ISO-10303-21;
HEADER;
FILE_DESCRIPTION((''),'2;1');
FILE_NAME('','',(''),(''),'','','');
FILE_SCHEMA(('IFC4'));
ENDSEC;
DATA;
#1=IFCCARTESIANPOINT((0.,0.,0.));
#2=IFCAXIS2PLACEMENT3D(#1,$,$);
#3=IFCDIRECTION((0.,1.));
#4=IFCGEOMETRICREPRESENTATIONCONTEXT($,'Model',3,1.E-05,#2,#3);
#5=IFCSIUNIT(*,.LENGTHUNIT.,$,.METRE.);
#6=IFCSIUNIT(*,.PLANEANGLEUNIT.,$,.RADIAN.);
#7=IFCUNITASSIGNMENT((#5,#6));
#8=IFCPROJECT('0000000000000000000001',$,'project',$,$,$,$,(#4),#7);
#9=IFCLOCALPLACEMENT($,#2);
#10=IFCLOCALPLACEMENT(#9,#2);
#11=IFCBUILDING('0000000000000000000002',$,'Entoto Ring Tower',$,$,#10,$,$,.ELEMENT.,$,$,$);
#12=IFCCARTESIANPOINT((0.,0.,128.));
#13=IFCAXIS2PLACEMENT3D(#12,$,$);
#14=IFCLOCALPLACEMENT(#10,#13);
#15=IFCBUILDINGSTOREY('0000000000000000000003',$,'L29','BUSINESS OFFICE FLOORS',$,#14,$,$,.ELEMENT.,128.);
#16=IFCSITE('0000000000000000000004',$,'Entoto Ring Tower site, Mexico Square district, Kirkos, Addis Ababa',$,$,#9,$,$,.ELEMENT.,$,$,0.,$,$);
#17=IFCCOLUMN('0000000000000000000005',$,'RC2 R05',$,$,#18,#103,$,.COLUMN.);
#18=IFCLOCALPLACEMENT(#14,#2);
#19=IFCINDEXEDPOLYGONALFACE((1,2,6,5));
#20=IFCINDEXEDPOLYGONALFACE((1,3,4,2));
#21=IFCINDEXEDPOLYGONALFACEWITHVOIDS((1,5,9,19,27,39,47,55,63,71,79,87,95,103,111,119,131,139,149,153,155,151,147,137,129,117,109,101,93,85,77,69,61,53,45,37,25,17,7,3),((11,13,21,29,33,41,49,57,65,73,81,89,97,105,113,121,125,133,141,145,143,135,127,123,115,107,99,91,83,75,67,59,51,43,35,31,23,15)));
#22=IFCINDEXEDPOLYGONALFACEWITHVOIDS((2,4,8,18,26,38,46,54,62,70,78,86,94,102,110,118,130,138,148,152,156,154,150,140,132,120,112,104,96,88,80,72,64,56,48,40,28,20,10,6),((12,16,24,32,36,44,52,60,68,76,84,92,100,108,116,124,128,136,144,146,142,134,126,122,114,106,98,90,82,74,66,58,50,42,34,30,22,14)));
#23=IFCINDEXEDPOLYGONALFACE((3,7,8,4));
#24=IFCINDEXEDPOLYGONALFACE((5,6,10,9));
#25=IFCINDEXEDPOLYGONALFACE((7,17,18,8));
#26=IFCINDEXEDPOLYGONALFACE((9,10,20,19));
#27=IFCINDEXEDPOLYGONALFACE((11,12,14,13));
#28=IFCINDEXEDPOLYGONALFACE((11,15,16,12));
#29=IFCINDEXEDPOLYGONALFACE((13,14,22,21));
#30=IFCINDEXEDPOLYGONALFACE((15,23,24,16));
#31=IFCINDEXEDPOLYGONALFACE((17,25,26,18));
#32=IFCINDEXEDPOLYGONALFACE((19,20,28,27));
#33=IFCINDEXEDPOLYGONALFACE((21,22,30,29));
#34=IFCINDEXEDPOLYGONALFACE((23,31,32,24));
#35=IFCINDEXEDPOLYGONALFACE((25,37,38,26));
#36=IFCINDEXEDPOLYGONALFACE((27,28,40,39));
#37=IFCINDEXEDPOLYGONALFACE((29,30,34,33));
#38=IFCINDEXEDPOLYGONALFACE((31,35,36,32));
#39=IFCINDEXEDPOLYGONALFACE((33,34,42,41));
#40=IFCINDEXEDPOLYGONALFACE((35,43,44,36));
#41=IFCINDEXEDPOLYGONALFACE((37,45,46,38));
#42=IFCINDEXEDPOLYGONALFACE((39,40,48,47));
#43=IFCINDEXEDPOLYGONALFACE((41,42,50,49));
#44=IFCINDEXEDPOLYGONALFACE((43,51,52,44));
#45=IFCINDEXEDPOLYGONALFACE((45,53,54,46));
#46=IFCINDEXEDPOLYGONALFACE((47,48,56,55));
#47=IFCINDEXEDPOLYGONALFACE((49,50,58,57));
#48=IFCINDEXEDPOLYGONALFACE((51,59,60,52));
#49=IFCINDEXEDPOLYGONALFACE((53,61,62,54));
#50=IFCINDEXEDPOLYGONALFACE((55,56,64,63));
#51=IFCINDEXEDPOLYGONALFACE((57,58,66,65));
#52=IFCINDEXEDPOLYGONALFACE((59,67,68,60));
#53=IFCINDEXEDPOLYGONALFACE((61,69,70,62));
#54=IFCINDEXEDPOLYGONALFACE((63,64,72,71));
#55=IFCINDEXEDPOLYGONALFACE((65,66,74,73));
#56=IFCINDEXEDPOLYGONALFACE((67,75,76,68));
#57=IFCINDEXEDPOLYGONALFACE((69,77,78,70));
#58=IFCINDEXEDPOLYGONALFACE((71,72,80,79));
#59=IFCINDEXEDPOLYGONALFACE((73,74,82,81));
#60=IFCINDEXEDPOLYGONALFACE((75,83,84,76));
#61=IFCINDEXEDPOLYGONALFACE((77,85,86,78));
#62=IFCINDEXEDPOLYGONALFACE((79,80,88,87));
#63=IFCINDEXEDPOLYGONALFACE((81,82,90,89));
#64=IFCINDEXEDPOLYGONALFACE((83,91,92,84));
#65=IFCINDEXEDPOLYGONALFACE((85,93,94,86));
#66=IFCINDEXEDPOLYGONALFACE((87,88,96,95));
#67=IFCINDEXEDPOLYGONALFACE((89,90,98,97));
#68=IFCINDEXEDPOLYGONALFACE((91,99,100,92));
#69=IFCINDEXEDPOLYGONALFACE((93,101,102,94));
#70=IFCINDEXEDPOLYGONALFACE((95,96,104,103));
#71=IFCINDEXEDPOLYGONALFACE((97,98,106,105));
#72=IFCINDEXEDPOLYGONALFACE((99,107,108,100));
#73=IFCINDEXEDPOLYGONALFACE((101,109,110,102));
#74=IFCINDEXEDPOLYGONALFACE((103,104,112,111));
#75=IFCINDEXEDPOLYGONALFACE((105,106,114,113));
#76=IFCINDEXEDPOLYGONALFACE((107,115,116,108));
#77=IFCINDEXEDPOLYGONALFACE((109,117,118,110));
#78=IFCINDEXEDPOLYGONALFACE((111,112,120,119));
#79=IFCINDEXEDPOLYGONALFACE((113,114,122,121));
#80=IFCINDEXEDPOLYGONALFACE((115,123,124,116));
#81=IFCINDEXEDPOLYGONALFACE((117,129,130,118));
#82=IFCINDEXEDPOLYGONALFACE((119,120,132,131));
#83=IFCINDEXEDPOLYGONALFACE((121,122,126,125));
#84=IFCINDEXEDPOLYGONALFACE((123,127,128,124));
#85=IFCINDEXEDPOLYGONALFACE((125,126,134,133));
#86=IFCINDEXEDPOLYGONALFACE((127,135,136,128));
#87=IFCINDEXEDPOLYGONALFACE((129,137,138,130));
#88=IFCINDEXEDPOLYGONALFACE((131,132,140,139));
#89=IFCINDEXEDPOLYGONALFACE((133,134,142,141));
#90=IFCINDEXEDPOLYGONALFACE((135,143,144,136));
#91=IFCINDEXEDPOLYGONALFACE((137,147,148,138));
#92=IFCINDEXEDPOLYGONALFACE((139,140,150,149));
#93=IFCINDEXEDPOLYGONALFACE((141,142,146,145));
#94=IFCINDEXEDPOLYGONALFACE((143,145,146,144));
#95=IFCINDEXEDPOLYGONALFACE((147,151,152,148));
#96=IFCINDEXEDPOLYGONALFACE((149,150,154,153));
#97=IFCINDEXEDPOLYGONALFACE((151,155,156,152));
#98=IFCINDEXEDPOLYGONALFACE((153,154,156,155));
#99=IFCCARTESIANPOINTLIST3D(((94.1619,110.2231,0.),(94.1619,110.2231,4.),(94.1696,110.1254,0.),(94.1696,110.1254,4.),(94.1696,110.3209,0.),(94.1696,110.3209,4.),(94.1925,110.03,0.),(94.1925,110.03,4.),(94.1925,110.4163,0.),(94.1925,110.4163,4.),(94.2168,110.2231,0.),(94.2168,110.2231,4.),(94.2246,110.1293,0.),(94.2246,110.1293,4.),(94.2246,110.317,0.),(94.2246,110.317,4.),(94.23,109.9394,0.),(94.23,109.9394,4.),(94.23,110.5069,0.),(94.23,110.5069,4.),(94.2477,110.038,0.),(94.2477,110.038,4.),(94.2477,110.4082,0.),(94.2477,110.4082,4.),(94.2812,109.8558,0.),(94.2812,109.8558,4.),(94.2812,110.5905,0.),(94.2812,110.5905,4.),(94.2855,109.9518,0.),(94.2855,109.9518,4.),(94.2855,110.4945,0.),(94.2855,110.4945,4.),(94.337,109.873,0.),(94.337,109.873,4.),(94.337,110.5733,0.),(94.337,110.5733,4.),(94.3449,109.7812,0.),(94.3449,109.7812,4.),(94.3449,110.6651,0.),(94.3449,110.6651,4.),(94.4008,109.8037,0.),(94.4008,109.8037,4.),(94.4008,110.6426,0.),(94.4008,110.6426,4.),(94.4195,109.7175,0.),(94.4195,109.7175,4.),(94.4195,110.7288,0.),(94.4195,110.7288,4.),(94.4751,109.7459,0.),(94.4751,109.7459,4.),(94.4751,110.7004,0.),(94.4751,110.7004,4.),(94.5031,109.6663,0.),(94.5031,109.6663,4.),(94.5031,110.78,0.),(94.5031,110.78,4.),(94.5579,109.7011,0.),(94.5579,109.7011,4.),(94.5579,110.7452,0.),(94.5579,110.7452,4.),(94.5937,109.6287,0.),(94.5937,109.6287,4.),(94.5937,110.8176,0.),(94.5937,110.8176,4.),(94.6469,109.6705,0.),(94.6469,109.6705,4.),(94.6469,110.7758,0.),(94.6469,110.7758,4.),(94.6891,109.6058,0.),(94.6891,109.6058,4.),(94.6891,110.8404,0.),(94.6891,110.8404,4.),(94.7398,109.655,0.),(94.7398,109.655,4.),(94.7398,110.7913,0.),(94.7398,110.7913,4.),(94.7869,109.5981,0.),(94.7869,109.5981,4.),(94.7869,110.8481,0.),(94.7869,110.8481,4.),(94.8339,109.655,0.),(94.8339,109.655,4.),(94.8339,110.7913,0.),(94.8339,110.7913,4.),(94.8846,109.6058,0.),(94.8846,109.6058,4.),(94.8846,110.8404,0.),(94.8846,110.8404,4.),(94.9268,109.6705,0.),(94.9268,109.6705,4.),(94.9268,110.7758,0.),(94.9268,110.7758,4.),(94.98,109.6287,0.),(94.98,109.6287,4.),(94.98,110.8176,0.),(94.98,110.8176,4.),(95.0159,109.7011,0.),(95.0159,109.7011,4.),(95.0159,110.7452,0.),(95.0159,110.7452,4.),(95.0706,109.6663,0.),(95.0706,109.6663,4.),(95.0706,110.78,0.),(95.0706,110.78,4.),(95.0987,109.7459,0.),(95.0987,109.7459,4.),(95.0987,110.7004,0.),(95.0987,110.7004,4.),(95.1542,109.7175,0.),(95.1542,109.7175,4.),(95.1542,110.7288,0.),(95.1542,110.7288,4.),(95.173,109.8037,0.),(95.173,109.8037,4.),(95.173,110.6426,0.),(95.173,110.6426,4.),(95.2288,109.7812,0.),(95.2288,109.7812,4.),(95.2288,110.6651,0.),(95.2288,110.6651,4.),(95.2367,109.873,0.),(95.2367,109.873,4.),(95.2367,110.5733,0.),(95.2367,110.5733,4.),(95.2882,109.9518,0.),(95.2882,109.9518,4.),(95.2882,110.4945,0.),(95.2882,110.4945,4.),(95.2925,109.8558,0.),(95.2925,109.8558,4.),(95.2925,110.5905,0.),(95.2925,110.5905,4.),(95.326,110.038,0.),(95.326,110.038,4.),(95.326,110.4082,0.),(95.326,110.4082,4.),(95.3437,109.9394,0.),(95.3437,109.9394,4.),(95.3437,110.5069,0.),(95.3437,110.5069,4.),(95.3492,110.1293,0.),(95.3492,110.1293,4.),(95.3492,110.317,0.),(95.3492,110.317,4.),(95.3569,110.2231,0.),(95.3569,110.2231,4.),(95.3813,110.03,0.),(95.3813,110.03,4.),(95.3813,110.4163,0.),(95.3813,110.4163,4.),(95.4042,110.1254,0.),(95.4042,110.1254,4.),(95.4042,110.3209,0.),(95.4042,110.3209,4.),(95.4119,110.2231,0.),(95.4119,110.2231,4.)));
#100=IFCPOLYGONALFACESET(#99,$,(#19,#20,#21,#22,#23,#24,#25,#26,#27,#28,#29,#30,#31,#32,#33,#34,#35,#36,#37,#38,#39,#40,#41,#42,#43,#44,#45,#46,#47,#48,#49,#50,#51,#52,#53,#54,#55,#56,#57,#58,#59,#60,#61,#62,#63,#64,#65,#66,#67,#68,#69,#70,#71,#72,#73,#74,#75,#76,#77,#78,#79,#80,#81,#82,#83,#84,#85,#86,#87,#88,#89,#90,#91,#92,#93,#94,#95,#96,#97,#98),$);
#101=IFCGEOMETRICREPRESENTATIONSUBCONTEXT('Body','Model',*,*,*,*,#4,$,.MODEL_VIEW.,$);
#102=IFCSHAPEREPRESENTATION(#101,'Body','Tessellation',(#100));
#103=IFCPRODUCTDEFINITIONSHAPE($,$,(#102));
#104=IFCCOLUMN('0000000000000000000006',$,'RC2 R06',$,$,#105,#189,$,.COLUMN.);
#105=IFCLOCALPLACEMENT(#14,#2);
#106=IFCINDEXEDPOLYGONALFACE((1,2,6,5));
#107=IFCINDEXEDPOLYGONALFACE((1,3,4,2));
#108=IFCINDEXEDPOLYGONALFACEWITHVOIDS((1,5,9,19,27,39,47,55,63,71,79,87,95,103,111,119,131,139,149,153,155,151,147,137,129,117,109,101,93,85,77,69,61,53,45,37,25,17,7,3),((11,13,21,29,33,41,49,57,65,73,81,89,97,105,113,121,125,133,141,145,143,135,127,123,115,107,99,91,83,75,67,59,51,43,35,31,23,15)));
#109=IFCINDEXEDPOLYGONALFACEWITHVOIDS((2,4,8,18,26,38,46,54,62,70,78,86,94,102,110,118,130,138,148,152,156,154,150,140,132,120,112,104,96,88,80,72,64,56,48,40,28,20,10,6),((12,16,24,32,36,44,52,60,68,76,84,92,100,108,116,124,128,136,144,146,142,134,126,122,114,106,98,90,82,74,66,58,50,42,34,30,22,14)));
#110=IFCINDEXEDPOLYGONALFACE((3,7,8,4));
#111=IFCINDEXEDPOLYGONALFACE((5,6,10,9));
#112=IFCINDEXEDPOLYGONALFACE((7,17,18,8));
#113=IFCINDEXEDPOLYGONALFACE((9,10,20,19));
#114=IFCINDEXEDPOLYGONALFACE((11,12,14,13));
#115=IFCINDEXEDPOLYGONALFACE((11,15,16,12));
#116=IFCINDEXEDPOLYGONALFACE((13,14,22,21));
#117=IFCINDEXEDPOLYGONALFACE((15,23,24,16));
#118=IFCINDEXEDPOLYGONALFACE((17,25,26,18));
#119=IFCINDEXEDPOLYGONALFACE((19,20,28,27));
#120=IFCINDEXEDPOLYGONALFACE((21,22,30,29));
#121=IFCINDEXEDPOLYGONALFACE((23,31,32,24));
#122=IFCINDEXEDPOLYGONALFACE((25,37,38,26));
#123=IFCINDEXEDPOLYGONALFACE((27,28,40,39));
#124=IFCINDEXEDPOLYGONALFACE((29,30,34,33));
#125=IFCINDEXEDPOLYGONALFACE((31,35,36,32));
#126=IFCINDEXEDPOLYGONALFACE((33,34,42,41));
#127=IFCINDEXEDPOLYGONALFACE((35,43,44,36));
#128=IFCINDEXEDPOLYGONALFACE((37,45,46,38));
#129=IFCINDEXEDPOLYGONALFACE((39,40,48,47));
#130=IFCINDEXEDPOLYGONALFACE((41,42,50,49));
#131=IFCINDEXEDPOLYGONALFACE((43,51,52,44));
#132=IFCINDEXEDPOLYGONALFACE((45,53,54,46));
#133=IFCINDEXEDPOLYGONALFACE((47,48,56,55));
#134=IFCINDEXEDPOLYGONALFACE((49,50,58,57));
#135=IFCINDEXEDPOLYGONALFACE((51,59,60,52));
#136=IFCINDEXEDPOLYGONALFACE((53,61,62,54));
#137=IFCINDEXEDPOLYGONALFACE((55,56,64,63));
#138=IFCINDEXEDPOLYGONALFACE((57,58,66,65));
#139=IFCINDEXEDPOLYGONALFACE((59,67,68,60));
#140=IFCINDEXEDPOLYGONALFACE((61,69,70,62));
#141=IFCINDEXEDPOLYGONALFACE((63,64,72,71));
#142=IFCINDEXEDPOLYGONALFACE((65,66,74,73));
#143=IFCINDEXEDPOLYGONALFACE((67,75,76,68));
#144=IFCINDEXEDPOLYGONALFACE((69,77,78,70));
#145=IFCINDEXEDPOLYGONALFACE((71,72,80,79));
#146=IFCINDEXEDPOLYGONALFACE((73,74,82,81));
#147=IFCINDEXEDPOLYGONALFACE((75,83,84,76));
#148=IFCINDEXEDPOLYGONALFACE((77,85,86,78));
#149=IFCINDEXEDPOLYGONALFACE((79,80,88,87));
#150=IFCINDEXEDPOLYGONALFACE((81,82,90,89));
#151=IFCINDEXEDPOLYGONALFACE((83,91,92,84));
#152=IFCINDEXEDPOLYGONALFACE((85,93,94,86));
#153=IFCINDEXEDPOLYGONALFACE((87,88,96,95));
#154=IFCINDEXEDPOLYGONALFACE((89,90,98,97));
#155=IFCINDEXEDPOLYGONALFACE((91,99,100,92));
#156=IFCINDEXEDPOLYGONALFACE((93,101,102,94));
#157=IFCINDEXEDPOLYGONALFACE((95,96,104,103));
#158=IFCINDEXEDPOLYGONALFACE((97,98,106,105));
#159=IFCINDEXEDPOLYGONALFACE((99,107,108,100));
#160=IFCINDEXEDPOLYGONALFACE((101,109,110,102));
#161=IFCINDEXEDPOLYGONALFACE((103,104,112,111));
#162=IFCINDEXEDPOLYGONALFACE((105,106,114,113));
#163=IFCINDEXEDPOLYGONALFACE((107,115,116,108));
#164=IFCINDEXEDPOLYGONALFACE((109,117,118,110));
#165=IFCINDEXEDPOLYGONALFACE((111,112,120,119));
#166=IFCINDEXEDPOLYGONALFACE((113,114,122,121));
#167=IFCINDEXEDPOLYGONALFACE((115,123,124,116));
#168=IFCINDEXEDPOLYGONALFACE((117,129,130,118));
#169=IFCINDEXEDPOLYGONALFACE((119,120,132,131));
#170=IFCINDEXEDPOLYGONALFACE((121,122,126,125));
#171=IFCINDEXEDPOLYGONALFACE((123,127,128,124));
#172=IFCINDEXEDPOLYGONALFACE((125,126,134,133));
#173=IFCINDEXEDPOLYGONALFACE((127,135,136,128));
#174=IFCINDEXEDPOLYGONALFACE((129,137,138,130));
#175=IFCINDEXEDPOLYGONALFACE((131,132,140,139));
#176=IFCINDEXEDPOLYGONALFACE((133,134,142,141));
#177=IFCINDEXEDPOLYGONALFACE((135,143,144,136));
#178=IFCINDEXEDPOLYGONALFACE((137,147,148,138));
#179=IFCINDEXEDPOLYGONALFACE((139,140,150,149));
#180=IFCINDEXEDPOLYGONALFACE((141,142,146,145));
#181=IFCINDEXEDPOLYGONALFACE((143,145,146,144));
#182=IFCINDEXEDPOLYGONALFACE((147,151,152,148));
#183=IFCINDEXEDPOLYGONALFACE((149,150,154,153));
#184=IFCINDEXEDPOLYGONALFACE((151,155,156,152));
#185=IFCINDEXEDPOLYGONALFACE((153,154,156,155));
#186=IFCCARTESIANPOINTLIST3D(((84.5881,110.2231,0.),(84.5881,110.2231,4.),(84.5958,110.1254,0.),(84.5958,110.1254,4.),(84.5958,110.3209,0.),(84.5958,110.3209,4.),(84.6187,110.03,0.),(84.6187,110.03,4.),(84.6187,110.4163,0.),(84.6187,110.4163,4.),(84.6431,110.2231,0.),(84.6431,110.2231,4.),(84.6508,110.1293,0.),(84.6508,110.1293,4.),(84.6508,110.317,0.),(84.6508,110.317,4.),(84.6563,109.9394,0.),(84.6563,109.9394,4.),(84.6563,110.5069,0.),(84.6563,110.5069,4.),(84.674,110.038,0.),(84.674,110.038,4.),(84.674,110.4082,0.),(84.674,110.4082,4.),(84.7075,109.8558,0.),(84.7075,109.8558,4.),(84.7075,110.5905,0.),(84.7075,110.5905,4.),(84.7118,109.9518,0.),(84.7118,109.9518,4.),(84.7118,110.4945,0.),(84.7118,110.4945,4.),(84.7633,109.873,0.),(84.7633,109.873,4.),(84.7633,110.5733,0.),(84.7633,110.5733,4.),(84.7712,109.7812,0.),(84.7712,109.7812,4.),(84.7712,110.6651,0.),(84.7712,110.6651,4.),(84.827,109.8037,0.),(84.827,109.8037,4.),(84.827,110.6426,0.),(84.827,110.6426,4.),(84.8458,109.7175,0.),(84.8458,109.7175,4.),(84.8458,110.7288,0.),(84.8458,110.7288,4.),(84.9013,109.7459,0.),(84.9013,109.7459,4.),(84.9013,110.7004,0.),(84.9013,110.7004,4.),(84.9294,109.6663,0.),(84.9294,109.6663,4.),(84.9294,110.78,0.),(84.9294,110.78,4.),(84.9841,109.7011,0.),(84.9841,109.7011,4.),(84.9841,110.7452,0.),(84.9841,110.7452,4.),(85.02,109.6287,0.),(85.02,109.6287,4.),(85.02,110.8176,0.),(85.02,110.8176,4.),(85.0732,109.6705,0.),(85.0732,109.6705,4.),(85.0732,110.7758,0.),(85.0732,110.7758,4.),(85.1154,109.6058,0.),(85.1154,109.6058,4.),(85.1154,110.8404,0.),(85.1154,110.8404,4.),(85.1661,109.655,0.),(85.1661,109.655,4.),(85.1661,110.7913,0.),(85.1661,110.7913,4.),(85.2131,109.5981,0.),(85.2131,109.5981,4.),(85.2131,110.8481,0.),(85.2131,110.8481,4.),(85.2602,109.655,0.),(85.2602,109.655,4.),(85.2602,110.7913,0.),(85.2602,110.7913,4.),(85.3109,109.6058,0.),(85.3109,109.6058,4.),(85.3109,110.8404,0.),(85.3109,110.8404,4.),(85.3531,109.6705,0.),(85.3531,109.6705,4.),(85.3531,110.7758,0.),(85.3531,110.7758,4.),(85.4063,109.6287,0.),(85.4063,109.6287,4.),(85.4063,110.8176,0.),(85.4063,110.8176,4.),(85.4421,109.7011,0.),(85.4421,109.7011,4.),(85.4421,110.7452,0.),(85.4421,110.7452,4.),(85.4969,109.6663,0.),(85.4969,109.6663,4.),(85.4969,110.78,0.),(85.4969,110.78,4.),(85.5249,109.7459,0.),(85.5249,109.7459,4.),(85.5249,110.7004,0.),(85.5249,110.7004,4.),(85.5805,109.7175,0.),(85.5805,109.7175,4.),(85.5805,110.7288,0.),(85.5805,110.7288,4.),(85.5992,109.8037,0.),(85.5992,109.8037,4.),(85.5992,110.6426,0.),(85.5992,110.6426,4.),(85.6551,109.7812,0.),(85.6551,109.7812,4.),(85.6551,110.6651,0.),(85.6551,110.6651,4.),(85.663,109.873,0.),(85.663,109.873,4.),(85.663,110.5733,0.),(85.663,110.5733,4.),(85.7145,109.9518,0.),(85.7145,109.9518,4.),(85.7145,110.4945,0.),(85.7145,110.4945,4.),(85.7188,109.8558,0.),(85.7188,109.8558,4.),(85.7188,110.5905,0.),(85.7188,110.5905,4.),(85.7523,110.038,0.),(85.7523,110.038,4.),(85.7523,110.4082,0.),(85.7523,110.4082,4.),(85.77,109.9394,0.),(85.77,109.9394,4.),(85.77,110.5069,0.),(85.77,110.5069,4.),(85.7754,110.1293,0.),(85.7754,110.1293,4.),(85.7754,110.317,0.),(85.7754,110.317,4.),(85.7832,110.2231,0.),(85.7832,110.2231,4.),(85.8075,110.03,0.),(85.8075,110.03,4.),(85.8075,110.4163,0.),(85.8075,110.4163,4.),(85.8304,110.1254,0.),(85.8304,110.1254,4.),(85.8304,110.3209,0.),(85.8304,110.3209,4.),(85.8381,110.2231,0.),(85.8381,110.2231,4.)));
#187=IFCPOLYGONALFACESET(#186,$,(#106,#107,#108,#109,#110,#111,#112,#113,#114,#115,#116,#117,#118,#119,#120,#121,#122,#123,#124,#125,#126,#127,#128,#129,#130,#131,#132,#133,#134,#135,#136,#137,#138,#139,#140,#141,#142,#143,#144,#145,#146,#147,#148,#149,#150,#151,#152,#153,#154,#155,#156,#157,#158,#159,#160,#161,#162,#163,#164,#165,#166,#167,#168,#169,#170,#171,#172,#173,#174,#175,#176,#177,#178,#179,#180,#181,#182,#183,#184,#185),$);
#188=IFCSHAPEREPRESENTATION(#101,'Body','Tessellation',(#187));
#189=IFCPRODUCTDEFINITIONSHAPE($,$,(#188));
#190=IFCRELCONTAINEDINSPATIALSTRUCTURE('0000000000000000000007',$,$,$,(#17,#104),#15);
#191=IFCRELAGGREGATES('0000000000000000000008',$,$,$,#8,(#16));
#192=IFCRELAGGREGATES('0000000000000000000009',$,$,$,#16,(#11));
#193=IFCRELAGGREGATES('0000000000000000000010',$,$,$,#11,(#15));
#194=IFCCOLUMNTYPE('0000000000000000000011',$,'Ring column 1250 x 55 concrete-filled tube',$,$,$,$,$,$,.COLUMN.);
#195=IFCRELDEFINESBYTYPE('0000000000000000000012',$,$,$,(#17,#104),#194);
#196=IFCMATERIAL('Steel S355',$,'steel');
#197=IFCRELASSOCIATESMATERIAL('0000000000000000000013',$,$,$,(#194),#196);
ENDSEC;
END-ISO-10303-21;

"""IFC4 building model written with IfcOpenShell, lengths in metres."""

from ifc_helpers import new_model, si_unit, direction, frame, origin, origin_2d, place, context, subcontext, project, spatial, circle, hollow_circle, extrude, material, material_profile, profile_set, type_object, element, save


model = new_model("IFC4")

# Units and contexts
model_context = context("Model", 3, precision=1e-05, world=origin(), true_north=direction((0.0, 1.0)))
body_context = subcontext(model_context, "Body", "Model", "MODEL_VIEW")
ifc_project = project(units=[si_unit("LENGTHUNIT", "METRE"), si_unit("PLANEANGLEUNIT", "RADIAN")], contexts=[model_context])

# Site, building, storey
site_placement = place(None, origin())
site = spatial("IfcSite", under=ifc_project, at=site_placement, Name="Entoto Ring Tower site, Mexico Square district, Kirkos, Addis Ababa", CompositionType="ELEMENT", RefElevation=0.0)
building_placement = place(site_placement, origin())
building = spatial("IfcBuilding", under=site, at=building_placement, Name="Entoto Ring Tower", CompositionType="ELEMENT")
storey_placement = place(building_placement, frame((0.0, 0.0, 128.0)))
storey = spatial("IfcBuildingStorey", under=building, at=storey_placement, Name="L29", Description="BUSINESS OFFICE FLOORS", CompositionType="ELEMENT", Elevation=128.0)

# Columns
ifc_material_1 = material(Name="Steel S355", Category="steel")
ifc_material_profile_1 = material_profile(ifc_material_1, hollow_circle(Radius=0.625, WallThickness=0.0549, at=origin_2d()), Name="CHS 1250 x 55")
ifc_material_2 = material(Name="Concrete C60/75", Category="concrete")
ifc_material_profile_2 = material_profile(ifc_material_2, circle(Radius=0.5701, at=origin_2d()), Name="Concrete C60/75 infill")
ifc_profile_set_1 = profile_set([ifc_material_profile_1, ifc_material_profile_2], Name="Steel S355")
column_type = type_object("IfcColumnType", Name="Ring column 1250 x 55 concrete-filled tube", PredefinedType="COLUMN", material=ifc_profile_set_1)
for number, where, z_axis, x_axis, name in (
    (1, (94.7869, 110.2231, 0.0), (0.0, 0.0, 1.0), (1.0, 0.0, 0.0), "RC2 R05"),
    (2, (85.2131, 110.2231, 0.0), (0.0, 0.0, 1.0), (1.0, 0.0, 0.0), "RC2 R06"),
):
    element("IfcColumn", number, at=place(storey_placement, frame(where, z_axis=z_axis, x_axis=x_axis)), inside=storey, type_object=column_type, Name=name, PredefinedType="COLUMN", context=body_context, shape_type="SweptSolid", body=[
        extrude(hollow_circle(Radius=0.625, WallThickness=0.0549, at=origin_2d()), origin(), (0.0, 0.0, 1.0), 4.0),
    ])

save(model, "model.ifc")
